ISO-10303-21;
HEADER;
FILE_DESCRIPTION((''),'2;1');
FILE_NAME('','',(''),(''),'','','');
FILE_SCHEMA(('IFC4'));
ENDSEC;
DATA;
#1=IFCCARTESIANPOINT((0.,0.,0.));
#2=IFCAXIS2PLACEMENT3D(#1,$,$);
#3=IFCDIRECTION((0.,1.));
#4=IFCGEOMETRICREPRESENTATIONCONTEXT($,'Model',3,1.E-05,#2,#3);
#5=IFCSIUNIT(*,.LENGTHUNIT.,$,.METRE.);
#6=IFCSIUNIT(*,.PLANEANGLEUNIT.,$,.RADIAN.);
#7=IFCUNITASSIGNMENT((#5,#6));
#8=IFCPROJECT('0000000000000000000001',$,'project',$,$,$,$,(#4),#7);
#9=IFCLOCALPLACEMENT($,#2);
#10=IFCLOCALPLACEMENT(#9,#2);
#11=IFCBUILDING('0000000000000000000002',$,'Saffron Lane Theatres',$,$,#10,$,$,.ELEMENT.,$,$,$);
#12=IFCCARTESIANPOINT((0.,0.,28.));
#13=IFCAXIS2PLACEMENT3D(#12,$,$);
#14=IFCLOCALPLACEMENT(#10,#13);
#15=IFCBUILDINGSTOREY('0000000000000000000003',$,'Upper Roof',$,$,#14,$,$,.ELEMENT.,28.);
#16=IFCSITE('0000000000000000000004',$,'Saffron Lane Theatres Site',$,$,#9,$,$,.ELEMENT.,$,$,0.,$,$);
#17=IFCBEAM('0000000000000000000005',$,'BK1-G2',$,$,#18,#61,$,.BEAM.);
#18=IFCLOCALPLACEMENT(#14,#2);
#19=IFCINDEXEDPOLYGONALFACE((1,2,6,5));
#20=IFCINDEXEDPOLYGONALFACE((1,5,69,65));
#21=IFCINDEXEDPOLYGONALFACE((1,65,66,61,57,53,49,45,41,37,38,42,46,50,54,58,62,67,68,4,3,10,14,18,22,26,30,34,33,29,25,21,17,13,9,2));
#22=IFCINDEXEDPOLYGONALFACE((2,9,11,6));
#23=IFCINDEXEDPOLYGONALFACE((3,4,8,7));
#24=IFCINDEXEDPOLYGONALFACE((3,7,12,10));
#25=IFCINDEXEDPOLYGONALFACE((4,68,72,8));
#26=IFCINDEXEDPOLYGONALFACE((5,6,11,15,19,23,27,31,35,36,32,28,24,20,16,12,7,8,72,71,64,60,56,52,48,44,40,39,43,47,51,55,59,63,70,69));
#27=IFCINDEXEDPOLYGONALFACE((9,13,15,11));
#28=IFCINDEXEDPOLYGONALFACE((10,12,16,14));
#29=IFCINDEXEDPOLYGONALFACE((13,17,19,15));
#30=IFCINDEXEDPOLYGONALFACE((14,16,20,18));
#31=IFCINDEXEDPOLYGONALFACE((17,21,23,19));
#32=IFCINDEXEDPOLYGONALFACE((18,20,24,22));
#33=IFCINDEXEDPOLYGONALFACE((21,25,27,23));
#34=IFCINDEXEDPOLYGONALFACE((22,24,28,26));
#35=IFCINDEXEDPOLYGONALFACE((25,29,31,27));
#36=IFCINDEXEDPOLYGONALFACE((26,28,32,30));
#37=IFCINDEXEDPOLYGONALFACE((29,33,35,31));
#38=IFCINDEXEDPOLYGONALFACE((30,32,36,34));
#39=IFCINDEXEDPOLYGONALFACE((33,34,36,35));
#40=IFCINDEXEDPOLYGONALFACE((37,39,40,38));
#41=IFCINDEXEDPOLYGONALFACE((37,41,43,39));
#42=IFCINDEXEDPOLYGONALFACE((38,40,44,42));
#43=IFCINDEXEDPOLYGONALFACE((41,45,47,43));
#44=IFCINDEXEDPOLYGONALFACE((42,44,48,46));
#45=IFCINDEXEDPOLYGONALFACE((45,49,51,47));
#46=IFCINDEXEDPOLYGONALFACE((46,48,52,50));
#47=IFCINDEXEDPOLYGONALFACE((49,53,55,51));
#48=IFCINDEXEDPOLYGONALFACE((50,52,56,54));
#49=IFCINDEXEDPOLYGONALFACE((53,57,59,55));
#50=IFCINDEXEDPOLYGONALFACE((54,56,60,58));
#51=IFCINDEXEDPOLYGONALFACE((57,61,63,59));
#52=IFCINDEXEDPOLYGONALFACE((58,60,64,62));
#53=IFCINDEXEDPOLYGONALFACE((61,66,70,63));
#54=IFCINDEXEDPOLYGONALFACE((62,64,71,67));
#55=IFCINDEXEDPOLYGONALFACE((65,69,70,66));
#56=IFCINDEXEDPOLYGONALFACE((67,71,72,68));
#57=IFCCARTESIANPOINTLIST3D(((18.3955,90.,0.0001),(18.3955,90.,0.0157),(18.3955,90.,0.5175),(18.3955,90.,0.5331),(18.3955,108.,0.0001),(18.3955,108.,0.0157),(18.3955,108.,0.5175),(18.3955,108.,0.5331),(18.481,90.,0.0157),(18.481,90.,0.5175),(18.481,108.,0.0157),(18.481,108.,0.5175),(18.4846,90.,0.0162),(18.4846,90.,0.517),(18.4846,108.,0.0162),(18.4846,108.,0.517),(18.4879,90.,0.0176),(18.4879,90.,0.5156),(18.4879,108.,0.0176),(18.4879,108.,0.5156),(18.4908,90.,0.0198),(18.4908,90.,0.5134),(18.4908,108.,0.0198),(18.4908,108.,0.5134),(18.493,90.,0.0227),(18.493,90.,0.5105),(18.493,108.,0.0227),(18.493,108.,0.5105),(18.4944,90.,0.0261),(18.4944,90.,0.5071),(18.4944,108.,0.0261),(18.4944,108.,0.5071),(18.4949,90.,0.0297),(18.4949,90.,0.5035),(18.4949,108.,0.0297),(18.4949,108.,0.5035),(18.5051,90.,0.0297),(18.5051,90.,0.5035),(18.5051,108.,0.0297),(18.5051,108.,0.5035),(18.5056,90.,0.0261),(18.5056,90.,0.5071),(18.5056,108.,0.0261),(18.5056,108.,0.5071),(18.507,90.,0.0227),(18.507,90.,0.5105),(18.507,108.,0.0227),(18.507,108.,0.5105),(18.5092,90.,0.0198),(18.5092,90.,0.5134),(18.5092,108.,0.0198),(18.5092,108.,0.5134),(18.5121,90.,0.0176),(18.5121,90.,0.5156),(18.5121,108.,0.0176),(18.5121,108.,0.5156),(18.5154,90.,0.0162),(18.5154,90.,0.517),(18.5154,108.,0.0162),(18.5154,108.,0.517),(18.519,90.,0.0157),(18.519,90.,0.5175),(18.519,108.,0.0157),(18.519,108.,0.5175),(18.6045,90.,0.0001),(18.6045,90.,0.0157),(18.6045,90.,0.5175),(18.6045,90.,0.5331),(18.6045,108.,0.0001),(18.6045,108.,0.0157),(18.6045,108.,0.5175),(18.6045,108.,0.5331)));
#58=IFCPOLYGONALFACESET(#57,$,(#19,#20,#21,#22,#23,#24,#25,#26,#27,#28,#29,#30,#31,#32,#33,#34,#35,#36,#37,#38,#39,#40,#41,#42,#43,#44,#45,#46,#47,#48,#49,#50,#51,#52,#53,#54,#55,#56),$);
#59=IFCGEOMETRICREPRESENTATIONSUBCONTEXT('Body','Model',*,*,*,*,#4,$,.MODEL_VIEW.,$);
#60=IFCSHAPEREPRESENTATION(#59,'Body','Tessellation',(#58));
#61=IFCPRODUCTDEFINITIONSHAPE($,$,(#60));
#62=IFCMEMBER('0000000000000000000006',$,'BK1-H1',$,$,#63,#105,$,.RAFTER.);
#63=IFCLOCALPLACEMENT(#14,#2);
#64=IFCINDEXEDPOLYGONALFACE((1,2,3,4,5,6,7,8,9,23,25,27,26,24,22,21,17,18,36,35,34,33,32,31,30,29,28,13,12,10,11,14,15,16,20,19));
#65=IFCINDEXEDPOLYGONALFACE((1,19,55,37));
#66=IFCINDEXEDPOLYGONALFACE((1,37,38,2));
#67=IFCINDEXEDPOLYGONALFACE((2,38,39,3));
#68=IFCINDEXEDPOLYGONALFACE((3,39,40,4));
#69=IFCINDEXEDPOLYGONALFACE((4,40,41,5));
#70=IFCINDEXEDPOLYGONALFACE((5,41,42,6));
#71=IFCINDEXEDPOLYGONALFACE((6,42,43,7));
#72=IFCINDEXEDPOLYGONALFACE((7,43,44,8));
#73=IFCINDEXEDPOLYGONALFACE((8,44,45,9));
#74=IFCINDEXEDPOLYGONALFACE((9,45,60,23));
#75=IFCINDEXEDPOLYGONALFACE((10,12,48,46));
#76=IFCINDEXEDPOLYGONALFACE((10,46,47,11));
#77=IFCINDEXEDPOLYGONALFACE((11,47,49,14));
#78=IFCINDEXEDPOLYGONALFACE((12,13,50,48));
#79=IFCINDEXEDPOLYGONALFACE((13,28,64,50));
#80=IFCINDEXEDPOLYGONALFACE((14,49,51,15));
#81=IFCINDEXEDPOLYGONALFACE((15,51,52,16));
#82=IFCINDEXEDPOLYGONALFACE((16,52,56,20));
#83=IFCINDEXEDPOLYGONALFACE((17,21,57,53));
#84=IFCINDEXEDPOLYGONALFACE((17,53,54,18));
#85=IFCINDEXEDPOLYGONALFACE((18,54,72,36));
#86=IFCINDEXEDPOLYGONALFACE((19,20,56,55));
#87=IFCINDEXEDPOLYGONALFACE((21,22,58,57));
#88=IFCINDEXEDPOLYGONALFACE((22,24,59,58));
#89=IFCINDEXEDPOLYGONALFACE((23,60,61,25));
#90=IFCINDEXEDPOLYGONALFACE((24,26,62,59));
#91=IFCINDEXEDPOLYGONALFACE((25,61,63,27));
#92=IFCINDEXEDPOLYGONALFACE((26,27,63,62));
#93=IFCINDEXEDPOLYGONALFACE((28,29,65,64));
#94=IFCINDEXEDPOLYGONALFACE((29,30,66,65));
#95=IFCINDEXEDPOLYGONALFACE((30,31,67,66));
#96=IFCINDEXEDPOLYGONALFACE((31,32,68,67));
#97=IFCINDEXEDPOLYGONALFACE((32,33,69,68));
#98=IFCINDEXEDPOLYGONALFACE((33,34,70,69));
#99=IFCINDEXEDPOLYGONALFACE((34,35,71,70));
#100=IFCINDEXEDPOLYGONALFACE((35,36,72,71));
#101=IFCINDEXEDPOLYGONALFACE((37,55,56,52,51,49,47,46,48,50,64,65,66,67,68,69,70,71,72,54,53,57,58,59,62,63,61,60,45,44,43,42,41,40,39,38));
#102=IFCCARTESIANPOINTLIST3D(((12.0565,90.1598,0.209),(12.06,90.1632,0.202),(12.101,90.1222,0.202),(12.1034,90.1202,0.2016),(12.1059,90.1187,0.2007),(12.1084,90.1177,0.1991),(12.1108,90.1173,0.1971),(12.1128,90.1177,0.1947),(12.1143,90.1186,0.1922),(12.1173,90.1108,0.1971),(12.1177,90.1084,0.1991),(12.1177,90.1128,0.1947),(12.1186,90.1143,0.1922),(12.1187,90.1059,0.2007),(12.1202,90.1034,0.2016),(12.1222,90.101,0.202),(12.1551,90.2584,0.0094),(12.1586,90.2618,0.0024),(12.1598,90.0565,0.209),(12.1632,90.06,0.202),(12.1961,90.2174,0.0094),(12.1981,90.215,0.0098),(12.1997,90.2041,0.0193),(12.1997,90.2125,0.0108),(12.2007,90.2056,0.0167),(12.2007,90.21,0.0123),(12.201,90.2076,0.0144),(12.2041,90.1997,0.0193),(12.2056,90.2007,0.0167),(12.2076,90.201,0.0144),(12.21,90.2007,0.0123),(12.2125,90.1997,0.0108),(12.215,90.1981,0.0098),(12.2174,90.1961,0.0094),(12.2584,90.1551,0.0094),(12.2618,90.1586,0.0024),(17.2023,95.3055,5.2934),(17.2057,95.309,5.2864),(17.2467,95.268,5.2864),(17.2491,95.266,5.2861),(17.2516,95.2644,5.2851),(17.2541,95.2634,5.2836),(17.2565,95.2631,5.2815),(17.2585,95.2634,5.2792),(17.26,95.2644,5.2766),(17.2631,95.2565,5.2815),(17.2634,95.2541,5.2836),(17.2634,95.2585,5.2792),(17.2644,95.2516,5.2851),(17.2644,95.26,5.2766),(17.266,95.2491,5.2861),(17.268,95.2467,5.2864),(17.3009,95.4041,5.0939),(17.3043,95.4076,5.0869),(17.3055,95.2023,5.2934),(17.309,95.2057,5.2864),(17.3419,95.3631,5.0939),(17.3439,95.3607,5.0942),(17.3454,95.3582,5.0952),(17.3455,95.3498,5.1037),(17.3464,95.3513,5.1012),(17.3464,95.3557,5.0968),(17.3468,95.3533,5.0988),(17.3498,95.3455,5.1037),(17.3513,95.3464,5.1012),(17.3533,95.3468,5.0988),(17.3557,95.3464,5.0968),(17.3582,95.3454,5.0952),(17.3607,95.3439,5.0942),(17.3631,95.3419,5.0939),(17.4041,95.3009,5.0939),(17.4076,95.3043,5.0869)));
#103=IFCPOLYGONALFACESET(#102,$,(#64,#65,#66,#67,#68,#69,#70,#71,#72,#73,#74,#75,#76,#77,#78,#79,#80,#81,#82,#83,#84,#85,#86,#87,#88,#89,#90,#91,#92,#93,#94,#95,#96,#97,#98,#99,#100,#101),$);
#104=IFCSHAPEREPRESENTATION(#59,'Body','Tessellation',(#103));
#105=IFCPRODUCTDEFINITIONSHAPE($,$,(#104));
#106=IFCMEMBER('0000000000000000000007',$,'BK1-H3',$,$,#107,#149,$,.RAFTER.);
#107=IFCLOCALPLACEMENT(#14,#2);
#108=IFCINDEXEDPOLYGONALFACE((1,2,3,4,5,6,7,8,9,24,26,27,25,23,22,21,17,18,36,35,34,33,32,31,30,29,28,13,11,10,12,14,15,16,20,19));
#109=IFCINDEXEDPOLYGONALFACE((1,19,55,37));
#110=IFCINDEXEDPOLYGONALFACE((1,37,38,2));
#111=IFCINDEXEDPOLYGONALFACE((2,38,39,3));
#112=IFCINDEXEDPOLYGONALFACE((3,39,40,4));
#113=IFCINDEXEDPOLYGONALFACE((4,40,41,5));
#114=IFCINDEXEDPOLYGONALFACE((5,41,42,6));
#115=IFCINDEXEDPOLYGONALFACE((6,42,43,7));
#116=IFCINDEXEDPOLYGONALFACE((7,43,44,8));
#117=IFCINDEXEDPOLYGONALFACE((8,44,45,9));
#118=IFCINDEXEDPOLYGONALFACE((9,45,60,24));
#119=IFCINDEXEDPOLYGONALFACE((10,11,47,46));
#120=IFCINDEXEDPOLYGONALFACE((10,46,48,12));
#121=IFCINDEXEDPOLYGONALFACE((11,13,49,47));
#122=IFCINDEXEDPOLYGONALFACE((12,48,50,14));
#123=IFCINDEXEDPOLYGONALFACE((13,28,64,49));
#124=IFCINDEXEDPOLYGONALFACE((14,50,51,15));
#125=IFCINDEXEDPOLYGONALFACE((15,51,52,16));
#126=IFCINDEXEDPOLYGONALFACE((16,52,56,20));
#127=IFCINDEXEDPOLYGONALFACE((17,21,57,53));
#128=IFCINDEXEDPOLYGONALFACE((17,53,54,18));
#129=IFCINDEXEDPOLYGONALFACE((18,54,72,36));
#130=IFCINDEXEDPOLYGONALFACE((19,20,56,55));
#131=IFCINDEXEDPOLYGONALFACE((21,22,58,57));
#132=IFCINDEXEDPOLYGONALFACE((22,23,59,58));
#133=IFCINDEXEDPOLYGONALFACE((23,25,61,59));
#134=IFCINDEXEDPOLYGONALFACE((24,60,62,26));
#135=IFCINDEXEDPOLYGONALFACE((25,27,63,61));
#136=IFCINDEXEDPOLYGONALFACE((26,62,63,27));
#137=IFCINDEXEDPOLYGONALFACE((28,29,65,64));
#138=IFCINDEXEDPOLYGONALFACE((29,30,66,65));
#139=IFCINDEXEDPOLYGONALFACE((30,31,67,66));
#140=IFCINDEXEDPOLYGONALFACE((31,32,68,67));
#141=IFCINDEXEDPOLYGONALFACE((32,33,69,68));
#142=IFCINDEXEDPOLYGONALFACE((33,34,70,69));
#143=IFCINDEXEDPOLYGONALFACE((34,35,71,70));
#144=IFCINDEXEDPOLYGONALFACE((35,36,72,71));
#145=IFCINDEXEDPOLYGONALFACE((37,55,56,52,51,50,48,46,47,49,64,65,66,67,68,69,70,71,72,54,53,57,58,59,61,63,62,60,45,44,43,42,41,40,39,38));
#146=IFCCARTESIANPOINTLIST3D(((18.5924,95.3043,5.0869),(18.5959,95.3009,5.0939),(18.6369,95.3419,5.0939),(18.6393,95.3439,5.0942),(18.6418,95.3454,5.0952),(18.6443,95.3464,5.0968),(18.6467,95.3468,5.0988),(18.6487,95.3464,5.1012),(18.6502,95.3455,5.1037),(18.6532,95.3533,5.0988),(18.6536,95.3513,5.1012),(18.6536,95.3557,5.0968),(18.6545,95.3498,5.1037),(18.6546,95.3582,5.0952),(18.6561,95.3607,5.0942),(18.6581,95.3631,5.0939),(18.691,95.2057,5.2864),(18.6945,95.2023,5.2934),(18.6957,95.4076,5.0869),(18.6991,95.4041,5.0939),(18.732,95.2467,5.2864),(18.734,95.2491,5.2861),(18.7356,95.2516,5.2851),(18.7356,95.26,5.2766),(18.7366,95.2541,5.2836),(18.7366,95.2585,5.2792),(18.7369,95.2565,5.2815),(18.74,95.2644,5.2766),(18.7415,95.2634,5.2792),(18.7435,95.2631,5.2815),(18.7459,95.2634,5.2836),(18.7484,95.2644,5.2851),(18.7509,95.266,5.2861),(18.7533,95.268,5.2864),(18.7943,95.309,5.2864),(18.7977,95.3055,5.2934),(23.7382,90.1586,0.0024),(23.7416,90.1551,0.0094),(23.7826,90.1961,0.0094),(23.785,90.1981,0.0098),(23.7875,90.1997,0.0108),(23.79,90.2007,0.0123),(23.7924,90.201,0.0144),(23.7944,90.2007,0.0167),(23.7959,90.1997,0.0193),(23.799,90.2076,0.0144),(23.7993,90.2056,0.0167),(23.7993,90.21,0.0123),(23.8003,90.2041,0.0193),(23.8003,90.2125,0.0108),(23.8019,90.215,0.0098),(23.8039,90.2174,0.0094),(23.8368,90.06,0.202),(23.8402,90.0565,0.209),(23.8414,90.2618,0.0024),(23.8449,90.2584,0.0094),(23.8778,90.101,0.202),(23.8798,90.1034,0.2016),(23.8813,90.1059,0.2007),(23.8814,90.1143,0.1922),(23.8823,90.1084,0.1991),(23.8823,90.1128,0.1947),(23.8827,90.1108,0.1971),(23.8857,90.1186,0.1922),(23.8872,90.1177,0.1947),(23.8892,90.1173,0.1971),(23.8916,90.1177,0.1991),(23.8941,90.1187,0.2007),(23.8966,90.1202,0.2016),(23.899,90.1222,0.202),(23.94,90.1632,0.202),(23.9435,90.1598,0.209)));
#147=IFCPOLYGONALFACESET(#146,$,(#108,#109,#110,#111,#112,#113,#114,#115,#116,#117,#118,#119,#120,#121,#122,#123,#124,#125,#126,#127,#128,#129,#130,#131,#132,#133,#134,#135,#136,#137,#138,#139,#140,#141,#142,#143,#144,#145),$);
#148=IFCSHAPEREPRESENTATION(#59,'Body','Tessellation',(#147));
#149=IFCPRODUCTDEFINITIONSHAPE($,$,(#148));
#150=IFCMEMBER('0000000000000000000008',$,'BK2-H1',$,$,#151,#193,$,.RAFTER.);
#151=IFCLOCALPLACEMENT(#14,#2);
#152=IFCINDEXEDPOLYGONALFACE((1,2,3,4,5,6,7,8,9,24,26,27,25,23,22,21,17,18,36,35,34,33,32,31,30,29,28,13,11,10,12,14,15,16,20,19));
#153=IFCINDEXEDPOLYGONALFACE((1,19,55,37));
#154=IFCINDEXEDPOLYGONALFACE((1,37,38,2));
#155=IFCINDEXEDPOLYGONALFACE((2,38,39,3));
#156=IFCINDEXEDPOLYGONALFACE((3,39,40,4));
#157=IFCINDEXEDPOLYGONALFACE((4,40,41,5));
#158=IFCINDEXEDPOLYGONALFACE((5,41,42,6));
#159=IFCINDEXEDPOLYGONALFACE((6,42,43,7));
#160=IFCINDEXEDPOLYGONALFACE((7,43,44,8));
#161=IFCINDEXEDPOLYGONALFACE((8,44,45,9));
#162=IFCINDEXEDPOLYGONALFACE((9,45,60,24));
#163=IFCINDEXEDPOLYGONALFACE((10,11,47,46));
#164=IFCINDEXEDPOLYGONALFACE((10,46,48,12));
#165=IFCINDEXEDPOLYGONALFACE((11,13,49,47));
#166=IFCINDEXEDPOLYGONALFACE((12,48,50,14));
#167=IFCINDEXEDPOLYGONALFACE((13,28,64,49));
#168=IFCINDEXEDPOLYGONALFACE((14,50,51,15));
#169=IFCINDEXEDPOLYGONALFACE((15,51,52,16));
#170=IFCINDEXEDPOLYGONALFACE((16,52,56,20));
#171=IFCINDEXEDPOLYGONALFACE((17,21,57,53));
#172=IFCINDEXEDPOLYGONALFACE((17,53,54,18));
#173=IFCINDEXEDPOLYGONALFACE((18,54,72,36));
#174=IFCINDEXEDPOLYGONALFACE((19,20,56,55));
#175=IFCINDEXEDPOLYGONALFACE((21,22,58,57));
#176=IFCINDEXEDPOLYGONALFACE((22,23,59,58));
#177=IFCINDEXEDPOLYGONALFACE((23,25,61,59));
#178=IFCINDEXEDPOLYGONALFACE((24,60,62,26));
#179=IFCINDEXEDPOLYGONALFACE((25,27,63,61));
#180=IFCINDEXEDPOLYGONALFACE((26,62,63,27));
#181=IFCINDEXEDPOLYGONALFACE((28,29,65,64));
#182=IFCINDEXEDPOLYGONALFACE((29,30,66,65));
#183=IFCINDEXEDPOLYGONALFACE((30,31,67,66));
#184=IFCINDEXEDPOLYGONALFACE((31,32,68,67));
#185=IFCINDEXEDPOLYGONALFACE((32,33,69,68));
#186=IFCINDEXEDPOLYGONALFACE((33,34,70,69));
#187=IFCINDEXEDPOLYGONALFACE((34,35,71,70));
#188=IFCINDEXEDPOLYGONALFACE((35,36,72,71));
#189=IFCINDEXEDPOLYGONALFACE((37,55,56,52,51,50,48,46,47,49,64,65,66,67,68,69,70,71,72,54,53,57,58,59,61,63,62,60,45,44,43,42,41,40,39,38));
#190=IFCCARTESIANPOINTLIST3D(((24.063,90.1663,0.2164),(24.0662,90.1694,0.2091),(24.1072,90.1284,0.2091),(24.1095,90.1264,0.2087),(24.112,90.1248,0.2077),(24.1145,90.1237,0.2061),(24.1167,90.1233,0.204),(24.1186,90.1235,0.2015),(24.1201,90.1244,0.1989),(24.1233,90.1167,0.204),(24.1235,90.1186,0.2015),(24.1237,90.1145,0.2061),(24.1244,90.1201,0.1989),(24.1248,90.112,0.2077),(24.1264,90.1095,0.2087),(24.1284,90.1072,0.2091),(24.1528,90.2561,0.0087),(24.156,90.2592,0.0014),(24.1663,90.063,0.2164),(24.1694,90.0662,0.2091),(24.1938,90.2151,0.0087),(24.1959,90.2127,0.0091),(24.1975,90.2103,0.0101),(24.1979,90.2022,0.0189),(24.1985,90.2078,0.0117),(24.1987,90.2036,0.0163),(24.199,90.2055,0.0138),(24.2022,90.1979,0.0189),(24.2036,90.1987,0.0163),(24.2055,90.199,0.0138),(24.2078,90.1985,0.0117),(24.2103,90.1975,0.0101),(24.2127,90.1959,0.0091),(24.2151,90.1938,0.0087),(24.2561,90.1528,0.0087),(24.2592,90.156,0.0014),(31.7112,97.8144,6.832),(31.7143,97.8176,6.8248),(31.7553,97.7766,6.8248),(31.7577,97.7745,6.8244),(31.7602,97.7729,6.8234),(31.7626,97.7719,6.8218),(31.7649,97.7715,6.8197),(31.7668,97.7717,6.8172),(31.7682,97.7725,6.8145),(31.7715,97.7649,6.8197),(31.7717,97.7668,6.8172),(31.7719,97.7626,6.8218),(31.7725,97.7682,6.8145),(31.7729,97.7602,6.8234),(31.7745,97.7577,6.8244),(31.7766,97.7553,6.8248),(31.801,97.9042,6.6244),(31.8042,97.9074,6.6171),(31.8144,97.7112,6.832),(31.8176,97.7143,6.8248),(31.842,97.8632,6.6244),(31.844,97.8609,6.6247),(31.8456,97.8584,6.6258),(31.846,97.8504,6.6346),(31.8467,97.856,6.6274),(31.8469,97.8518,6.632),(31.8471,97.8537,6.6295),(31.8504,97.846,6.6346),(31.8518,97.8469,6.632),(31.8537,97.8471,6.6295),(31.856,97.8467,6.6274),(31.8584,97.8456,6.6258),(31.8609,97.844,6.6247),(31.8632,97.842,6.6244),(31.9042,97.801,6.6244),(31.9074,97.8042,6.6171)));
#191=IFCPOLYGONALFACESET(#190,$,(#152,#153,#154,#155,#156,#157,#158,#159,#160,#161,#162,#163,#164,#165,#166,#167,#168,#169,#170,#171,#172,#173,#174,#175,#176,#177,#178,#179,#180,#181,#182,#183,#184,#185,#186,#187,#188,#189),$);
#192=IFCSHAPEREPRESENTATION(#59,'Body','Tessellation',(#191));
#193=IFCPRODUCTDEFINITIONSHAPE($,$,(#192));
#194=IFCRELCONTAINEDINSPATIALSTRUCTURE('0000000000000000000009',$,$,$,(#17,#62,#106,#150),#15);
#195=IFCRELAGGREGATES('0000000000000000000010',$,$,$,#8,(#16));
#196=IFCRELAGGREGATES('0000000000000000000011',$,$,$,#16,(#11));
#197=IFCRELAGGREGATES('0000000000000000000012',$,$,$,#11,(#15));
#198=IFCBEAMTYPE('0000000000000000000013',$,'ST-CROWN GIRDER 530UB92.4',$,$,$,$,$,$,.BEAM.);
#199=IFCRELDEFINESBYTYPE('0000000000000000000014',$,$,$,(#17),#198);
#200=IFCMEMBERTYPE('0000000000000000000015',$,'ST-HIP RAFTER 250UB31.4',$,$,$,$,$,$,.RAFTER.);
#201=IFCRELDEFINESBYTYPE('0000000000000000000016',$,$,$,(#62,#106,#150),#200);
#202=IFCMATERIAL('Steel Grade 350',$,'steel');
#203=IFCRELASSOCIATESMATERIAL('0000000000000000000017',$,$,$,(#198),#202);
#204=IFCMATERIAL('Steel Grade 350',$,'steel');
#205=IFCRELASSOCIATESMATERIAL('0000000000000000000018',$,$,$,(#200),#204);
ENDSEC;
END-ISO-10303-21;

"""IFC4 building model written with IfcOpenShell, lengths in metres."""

from ifc_helpers import new_model, si_unit, direction, frame, origin, origin_2d, place, context, subcontext, project, spatial, i_section, extrude, material, material_profile, profile_set, type_object, element, save


model = new_model("IFC4")

# Units and contexts
model_context = context("Model", 3, precision=1e-05, world=origin(), true_north=direction((0.0, 1.0)))
body_context = subcontext(model_context, "Body", "Model", "MODEL_VIEW")
ifc_project = project(units=[si_unit("LENGTHUNIT", "METRE"), si_unit("PLANEANGLEUNIT", "RADIAN")], contexts=[model_context])

# Site, building, storey
site_placement = place(None, origin())
site = spatial("IfcSite", under=ifc_project, at=site_placement, Name="Saffron Lane Theatres Site", CompositionType="ELEMENT", RefElevation=0.0)
building_placement = place(site_placement, origin())
building = spatial("IfcBuilding", under=site, at=building_placement, Name="Saffron Lane Theatres", CompositionType="ELEMENT")
storey_placement = place(building_placement, frame((0.0, 0.0, 28.0)))
storey = spatial("IfcBuildingStorey", under=building, at=storey_placement, Name="Upper Roof", CompositionType="ELEMENT", Elevation=28.0)

# Beam
ifc_material_1 = material(Name="Steel Grade 350", Category="steel")
ifc_material_profile_1 = material_profile(ifc_material_1, i_section(OverallWidth=0.209, OverallDepth=0.533, WebThickness=0.0103, FlangeThickness=0.0156, FilletRadius=0.0139, at=origin_2d()))
ifc_profile_set_1 = profile_set([ifc_material_profile_1], Name="Steel Grade 350")
beam_type = type_object("IfcBeamType", Name="ST-CROWN GIRDER 530UB92.4", PredefinedType="BEAM", material=ifc_profile_set_1)
for number, where, z_axis, x_axis, name in (
    (1, (18.5, 90.0, 0.2666), (0.0, 1.0, 0.0), (-1.0, 0.0, 0.0), "BK1-G2"),
):
    element("IfcBeam", number, at=place(storey_placement, frame(where, z_axis=z_axis, x_axis=x_axis)), inside=storey, type_object=beam_type, Name=name, PredefinedType="BEAM", context=body_context, shape_type="SweptSolid", body=[
        extrude(i_section(OverallWidth=0.209, OverallDepth=0.533, WebThickness=0.0103, FlangeThickness=0.0156, FilletRadius=0.0139, at=origin_2d()), origin(), (0.0, 0.0, 1.0), 18.0),
    ])

# Members
ifc_material_2 = material(Name="Steel Grade 350", Category="steel")
ifc_material_profile_2 = material_profile(ifc_material_2, i_section(OverallWidth=0.146, OverallDepth=0.252, WebThickness=0.0061, FlangeThickness=0.0085, FilletRadius=0.012, at=origin_2d()))
ifc_profile_set_2 = profile_set([ifc_material_profile_2], Name="Steel Grade 350")
member_type_1 = type_object("IfcMemberType", Name="ST-HIP RAFTER 250UB31.4", PredefinedType="RAFTER", material=ifc_profile_set_2)
for number, where, z_axis, x_axis, name in (
    (2, (12.1592, 90.1592, 0.1057), (0.579642, 0.579642, 0.572739), (-0.707107, 0.707107, 0.0), "BK1-H1"),
    (3, (23.8408, 90.1592, 0.1057), (-0.579642, 0.579642, 0.572739), (-0.707107, -0.707107, 0.0), "BK1-H3"),
):
    element("IfcMember", number, at=place(storey_placement, frame(where, z_axis=z_axis, x_axis=x_axis)), inside=storey, type_object=member_type_1, Name=name, PredefinedType="RAFTER", context=body_context, shape_type="SweptSolid", body=[
        extrude(i_section(OverallWidth=0.146, OverallDepth=0.252, WebThickness=0.0061, FlangeThickness=0.0085, FilletRadius=0.012, at=origin_2d()), origin(), (0.0, 0.0, 1.0), 8.8774),
    ])
member_1_placement = place(storey_placement, frame((24.1611, 90.1611, 0.1089), z_axis=(0.603217, 0.603217, 0.521785), x_axis=(-0.707107, 0.707107, 0.0)))
element("IfcMember", 4, at=member_1_placement, inside=storey, type_object=member_type_1, Name="BK2-H1", PredefinedType="RAFTER", context=body_context, shape_type="SweptSolid", body=[
    extrude(i_section(OverallWidth=0.146, OverallDepth=0.252, WebThickness=0.0061, FlangeThickness=0.0085, FilletRadius=0.012, at=origin_2d()), origin(), (0.0, 0.0, 1.0), 12.679),
])

save(model, "model.ifc")
